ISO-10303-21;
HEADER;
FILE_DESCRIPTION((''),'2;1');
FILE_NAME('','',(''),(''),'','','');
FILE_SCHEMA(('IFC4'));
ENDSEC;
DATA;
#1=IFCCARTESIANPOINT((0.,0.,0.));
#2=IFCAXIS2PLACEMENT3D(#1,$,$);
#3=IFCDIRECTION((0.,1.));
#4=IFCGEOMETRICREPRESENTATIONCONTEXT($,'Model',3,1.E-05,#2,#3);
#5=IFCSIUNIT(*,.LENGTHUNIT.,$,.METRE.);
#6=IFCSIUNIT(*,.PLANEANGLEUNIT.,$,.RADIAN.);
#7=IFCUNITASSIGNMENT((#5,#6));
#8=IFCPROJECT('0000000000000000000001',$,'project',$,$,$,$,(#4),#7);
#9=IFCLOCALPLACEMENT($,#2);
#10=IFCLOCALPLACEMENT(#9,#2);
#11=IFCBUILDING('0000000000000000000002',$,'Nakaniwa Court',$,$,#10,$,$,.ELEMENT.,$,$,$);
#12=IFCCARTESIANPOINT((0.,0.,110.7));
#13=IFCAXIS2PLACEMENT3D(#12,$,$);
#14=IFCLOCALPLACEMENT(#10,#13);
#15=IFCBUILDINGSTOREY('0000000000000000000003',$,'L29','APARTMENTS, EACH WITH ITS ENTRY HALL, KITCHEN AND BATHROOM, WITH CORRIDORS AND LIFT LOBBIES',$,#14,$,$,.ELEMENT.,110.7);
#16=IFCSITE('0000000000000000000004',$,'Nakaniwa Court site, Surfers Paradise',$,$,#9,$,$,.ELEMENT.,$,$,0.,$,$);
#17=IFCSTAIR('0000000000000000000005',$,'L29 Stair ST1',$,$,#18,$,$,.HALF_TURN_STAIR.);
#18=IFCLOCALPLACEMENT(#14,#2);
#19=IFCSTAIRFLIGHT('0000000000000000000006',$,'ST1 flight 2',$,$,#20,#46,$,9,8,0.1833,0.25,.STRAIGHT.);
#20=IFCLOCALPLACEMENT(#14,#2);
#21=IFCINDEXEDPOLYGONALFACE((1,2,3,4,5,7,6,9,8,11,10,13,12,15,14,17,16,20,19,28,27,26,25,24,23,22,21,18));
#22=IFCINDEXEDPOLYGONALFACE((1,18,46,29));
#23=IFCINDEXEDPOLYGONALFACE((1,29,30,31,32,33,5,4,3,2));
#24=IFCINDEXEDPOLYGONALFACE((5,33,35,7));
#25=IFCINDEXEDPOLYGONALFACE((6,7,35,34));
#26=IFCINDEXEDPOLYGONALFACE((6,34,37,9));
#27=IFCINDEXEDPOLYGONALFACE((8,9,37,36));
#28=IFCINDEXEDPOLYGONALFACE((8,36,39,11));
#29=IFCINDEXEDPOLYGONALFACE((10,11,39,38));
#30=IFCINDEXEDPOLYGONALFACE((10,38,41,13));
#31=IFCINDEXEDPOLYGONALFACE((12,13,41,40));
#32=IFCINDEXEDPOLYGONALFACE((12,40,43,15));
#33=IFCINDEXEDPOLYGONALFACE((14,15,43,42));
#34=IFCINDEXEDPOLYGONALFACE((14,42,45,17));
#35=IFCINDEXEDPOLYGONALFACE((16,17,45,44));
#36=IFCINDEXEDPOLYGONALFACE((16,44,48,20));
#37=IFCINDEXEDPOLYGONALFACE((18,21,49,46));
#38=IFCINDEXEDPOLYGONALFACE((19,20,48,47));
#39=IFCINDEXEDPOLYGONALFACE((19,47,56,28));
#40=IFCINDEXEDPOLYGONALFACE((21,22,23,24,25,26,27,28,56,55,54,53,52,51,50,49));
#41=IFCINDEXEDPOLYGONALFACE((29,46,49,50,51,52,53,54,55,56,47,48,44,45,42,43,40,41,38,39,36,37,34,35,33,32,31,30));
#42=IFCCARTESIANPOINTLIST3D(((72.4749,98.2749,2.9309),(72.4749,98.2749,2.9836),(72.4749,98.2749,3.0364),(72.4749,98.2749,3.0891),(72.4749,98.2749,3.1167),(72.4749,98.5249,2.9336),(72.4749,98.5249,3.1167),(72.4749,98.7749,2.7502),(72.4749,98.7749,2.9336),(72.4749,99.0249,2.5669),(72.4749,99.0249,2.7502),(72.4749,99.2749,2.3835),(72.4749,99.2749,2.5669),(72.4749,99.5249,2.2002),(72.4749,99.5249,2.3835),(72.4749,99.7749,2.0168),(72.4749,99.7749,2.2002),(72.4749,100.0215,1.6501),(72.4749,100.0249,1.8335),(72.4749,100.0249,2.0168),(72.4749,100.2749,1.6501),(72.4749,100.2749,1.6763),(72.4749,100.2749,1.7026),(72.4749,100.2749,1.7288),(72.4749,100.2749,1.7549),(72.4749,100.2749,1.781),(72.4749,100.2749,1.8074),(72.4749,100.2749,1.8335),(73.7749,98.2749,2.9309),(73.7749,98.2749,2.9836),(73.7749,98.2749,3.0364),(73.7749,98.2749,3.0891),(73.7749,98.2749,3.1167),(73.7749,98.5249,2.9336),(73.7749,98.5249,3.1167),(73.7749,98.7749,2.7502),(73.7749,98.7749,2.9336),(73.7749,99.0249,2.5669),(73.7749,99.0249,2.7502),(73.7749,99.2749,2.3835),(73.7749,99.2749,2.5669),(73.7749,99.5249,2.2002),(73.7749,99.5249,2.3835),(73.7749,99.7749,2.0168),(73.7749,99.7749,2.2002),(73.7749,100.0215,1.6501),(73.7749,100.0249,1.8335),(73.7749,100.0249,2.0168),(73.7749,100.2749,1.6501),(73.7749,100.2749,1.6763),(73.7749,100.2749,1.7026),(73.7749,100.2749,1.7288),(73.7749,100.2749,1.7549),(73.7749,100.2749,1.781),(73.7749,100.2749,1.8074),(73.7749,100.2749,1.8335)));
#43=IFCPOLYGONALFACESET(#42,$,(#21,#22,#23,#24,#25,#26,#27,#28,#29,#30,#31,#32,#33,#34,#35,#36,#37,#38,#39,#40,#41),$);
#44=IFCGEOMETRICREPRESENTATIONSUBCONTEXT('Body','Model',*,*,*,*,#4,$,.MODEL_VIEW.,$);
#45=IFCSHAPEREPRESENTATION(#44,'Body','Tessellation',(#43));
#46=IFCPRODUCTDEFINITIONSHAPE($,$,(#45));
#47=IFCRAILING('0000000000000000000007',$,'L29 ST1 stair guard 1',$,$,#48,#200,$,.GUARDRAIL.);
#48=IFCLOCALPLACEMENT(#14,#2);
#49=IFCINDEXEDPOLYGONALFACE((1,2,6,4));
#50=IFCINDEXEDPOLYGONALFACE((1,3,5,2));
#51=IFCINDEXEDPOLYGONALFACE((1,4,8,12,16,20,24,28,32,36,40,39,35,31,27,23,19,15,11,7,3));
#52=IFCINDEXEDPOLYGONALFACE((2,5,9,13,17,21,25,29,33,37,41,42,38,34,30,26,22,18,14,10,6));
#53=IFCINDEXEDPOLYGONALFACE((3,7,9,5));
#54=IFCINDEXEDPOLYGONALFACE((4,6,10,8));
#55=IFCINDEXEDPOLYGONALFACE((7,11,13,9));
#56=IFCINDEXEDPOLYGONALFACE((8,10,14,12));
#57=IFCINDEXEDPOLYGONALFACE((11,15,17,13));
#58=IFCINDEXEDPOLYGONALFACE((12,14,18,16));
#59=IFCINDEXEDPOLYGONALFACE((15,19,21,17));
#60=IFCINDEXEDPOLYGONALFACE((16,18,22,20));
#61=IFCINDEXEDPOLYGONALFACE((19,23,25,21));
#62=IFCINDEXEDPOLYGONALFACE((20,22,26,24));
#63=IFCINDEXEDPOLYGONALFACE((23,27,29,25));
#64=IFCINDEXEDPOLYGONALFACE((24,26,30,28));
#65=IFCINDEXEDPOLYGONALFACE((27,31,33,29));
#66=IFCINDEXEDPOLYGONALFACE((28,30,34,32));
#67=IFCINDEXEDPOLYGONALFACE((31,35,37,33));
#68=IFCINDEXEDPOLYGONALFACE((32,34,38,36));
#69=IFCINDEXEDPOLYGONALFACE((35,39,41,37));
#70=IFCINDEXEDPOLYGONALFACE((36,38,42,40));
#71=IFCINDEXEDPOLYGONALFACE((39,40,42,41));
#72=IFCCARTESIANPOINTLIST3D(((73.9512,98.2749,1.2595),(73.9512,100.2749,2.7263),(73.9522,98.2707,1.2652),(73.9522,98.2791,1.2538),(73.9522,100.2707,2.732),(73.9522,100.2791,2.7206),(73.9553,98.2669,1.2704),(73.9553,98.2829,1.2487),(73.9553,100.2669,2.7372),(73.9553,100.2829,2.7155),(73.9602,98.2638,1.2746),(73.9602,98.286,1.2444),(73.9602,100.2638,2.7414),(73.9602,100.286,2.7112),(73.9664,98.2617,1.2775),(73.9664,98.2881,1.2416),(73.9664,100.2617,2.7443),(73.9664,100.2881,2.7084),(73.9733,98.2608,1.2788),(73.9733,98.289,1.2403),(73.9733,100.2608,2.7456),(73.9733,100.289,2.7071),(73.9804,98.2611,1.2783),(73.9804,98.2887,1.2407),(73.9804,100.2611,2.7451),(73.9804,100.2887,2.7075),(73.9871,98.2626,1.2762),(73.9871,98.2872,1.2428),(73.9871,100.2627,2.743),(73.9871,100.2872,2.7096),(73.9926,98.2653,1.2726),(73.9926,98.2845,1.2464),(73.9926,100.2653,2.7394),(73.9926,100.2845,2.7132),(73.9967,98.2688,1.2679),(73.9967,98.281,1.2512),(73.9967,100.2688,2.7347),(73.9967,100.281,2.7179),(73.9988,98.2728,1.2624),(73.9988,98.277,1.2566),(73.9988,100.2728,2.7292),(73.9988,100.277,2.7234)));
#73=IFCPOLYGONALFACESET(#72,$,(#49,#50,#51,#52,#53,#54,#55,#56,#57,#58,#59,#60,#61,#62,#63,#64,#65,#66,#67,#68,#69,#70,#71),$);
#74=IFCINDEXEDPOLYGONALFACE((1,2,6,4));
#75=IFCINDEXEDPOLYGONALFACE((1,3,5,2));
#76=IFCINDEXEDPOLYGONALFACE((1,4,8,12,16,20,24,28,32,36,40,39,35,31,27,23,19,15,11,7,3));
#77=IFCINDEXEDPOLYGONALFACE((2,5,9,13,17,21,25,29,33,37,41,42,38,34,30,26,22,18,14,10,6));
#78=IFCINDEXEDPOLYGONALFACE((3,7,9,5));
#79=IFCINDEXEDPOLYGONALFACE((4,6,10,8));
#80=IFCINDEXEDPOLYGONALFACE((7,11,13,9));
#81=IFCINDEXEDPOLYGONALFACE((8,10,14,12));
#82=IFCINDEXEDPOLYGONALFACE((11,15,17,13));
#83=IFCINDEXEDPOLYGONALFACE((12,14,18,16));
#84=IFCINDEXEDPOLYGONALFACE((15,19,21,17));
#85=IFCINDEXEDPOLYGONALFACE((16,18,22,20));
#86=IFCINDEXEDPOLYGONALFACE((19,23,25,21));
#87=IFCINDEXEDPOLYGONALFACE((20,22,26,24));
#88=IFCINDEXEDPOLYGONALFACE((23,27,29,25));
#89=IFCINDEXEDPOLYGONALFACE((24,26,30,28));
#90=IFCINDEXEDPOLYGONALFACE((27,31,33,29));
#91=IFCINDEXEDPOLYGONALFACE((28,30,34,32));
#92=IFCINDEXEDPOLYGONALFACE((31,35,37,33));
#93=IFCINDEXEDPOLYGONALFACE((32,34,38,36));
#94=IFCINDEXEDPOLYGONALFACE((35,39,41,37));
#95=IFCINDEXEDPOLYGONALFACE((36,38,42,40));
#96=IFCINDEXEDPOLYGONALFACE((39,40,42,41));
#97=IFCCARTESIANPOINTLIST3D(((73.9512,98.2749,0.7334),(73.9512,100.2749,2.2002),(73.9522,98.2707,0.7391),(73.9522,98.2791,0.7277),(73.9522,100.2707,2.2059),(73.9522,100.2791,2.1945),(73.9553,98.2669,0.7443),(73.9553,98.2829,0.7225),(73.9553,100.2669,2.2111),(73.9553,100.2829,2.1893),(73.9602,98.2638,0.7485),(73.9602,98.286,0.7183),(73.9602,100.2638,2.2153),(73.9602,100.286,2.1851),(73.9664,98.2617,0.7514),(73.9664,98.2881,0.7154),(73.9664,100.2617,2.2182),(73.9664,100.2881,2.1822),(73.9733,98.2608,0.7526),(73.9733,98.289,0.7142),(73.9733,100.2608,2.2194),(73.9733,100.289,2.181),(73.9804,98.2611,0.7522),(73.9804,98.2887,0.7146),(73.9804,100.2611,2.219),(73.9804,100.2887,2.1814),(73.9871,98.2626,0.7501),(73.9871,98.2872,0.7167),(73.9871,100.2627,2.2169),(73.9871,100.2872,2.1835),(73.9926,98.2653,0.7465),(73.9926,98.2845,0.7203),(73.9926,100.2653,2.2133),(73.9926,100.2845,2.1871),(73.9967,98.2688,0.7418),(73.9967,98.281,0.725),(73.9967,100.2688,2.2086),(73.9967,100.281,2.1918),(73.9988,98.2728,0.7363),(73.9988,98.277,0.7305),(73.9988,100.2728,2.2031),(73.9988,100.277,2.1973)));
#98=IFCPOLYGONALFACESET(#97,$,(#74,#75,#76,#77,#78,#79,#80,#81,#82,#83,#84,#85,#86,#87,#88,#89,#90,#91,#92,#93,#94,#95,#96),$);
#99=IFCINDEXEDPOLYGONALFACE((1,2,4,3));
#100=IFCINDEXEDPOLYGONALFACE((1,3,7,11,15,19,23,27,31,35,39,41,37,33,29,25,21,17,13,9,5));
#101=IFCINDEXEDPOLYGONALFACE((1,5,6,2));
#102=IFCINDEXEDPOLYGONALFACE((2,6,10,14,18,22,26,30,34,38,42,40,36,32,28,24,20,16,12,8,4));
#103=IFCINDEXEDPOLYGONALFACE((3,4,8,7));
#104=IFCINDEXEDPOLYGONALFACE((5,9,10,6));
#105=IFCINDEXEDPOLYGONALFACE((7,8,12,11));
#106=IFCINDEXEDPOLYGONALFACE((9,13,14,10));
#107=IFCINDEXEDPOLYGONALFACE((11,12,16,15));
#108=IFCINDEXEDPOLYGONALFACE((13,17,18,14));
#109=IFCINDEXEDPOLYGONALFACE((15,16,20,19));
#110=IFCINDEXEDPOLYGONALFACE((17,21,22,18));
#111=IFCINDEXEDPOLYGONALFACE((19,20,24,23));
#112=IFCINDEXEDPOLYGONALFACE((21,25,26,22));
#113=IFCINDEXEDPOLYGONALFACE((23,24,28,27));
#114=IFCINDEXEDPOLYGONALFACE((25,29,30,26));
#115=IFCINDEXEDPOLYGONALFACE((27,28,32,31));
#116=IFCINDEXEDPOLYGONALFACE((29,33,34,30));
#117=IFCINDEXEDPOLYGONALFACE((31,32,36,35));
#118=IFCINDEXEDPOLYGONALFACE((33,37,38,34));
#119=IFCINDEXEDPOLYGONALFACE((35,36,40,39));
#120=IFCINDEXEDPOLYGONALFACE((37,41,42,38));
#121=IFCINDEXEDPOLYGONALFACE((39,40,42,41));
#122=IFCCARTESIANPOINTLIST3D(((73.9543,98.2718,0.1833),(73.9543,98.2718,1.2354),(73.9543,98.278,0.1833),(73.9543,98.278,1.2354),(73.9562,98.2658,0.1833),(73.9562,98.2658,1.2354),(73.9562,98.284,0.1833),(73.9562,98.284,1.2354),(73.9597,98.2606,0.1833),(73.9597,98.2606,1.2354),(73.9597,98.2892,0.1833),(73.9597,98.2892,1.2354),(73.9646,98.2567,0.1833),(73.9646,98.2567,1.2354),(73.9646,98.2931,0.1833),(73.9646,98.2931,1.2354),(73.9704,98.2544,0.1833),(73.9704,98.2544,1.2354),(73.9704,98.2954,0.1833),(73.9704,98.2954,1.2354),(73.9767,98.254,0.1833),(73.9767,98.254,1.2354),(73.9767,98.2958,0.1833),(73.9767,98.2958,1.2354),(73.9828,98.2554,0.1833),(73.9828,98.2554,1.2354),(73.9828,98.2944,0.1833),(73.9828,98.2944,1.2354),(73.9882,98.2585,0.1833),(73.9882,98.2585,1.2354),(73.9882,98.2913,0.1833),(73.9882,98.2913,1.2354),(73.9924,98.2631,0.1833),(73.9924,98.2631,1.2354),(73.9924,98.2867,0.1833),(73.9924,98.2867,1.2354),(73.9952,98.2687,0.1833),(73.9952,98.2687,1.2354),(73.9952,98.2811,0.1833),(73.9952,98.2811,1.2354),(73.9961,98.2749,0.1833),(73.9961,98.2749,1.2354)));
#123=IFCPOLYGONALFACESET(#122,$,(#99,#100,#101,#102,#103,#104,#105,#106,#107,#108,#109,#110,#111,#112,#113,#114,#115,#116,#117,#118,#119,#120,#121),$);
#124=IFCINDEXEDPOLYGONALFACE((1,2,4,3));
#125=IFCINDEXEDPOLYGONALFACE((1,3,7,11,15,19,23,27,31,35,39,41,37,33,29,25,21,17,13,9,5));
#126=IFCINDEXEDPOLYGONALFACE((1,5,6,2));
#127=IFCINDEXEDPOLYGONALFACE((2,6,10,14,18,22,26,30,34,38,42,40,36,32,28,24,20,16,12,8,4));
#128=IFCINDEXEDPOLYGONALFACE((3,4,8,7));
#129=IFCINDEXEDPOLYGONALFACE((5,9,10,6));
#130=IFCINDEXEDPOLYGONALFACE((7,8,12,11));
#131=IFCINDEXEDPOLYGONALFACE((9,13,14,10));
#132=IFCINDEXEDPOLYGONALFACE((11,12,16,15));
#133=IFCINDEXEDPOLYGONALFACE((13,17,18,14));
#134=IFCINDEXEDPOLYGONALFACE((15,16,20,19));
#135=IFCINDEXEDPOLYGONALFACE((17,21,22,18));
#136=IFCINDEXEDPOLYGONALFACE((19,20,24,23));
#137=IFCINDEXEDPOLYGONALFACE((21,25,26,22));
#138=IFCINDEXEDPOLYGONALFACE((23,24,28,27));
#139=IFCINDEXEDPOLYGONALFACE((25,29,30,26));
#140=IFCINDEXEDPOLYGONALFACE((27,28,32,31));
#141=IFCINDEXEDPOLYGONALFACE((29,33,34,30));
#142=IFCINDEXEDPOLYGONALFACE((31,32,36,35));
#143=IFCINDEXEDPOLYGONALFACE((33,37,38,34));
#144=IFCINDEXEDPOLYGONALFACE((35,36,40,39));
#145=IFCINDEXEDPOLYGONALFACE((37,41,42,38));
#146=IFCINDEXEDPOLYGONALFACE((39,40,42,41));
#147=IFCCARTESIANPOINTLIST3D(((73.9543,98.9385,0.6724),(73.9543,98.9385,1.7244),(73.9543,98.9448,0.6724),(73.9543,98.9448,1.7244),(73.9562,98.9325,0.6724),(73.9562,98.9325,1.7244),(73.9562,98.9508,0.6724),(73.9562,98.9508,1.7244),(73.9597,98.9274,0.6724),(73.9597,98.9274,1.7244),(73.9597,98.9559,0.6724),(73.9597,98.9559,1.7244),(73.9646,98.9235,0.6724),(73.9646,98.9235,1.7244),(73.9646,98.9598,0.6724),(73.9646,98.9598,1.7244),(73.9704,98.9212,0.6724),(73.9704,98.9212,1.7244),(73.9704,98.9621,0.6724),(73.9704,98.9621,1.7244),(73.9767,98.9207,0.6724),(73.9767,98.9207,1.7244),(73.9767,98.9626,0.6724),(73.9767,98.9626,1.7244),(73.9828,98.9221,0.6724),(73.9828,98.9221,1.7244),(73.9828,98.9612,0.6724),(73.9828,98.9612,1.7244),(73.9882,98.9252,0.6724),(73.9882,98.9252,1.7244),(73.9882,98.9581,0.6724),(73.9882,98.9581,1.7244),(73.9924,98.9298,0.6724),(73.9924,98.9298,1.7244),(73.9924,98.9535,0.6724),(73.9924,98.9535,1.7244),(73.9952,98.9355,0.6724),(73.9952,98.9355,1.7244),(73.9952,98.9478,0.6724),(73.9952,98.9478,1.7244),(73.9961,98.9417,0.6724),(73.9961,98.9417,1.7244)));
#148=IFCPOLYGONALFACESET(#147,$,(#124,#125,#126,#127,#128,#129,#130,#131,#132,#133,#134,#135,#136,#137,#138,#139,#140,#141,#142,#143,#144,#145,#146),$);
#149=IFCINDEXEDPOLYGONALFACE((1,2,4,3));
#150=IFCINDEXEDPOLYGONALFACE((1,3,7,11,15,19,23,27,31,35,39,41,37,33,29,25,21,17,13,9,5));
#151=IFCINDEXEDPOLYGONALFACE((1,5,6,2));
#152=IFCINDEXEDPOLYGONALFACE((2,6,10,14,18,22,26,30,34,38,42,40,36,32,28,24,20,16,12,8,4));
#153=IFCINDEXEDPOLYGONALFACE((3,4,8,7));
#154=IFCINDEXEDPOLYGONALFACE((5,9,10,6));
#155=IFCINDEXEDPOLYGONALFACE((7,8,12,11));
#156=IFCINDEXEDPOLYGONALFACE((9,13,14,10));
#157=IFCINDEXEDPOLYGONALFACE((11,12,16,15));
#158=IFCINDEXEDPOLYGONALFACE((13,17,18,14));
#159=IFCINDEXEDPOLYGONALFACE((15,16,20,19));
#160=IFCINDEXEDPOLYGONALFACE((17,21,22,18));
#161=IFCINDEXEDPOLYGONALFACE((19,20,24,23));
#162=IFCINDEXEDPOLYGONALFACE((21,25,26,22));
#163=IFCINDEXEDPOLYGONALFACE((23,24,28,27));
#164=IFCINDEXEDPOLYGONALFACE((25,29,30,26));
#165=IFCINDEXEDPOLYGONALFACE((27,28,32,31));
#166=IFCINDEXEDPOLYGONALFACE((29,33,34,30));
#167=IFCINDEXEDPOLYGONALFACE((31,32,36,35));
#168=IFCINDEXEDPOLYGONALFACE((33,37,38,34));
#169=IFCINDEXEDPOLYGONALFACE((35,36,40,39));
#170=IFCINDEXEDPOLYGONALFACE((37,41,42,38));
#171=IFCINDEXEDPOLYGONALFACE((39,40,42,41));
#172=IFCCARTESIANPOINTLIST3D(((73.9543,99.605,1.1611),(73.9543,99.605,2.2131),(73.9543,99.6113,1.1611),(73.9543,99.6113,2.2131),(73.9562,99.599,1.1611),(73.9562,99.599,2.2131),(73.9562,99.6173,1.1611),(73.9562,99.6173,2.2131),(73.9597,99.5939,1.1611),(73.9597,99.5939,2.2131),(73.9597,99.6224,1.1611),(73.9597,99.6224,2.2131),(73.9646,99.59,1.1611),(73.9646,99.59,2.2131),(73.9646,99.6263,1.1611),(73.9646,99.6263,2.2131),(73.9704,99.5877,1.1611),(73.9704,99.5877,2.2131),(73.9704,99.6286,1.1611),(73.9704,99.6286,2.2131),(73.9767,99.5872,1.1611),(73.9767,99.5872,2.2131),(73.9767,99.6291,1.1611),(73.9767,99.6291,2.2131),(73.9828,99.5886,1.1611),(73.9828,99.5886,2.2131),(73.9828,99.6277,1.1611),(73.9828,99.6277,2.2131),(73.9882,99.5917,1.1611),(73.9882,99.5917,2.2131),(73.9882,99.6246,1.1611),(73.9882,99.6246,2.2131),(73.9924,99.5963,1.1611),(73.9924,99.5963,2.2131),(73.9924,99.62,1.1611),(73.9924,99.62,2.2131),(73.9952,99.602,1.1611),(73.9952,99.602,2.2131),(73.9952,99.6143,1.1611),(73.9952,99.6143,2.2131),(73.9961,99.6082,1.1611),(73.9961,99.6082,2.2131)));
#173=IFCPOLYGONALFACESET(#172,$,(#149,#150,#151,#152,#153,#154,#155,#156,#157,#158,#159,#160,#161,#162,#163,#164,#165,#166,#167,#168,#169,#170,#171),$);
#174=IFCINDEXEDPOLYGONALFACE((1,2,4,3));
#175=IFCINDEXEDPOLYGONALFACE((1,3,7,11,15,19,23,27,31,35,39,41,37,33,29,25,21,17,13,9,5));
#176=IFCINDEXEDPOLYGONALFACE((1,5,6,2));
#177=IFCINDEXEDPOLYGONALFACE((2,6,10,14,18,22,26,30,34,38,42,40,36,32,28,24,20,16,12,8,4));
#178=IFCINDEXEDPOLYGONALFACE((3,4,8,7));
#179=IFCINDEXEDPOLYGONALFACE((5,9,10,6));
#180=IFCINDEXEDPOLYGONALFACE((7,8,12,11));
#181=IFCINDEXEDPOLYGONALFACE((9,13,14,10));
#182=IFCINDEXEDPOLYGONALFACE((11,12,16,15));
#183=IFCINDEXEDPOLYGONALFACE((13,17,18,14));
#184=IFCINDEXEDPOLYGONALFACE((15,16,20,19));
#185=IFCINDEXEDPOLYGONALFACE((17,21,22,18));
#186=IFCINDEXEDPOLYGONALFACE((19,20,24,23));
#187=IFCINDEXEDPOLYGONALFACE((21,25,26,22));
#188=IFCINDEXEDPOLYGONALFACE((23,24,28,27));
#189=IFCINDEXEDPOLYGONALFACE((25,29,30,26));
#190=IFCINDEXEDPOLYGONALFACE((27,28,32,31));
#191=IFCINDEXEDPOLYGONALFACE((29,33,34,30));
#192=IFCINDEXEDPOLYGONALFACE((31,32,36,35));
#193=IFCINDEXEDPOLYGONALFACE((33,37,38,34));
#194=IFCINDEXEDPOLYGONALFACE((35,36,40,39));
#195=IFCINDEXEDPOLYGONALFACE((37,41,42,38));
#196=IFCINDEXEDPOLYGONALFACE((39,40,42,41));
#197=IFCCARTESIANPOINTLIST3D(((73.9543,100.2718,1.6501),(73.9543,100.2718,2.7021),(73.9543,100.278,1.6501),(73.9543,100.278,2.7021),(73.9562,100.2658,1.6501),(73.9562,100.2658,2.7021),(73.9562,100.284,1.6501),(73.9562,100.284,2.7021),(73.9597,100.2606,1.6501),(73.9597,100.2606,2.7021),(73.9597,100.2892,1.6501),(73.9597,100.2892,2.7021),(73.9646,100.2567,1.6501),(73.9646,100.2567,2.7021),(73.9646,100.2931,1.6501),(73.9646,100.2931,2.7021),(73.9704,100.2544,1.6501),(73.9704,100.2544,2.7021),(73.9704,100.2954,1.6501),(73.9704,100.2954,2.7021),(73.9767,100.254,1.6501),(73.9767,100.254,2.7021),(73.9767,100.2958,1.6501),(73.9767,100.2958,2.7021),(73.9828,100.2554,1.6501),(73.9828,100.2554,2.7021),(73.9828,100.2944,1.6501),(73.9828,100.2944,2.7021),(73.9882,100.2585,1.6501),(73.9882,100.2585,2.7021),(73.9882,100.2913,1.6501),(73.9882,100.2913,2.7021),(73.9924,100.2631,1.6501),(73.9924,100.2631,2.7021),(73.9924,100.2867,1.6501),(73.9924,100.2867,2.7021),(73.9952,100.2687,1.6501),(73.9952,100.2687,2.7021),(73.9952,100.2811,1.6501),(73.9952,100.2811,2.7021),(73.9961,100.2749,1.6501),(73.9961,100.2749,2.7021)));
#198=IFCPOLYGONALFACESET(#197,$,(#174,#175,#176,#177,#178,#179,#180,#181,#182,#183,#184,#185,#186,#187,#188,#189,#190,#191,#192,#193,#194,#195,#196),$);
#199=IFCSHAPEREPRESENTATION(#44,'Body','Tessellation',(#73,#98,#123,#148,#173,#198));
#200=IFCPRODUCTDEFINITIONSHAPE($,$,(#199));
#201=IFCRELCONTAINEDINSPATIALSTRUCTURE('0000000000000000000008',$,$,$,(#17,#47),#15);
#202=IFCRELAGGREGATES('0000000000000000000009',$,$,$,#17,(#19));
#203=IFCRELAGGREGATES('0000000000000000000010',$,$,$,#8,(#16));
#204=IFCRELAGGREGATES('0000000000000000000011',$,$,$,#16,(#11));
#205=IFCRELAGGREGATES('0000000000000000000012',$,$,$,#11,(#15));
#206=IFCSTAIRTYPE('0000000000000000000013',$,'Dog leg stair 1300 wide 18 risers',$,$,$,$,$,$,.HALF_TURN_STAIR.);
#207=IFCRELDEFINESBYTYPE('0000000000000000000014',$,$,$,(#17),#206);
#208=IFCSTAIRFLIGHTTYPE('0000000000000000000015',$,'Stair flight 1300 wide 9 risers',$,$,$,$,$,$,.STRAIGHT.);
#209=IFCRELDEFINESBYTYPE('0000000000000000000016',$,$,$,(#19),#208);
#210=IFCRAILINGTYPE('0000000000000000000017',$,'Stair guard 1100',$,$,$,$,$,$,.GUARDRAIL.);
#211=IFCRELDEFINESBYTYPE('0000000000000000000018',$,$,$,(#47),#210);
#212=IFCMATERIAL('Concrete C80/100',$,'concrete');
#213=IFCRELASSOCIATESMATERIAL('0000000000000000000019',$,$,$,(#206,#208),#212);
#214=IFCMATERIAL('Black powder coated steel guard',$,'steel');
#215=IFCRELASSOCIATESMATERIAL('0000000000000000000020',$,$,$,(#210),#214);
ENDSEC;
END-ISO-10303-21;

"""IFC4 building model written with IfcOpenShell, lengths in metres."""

from ifc_helpers import new_model, si_unit, direction, frame, origin, origin_2d, place, context, subcontext, project, spatial, polyline, circle, outline, extrude, material, type_object, element, aggregate, save


model = new_model("IFC4")

# Units and contexts
model_context = context("Model", 3, precision=1e-05, world=origin(), true_north=direction((0.0, 1.0)))
body_context = subcontext(model_context, "Body", "Model", "MODEL_VIEW")
ifc_project = project(units=[si_unit("LENGTHUNIT", "METRE"), si_unit("PLANEANGLEUNIT", "RADIAN")], contexts=[model_context])

# Site, building, storey
site_placement = place(None, origin())
site = spatial("IfcSite", under=ifc_project, at=site_placement, Name="Nakaniwa Court site, Surfers Paradise", CompositionType="ELEMENT", RefElevation=0.0)
building_placement = place(site_placement, origin())
building = spatial("IfcBuilding", under=site, at=building_placement, Name="Nakaniwa Court", CompositionType="ELEMENT")
storey_placement = place(building_placement, frame((0.0, 0.0, 110.7)))
storey = spatial("IfcBuildingStorey", under=building, at=storey_placement, Name="L29", Description="APARTMENTS, EACH WITH ITS ENTRY HALL, KITCHEN AND BATHROOM, WITH CORRIDORS AND LIFT LOBBIES", CompositionType="ELEMENT", Elevation=110.7)

# Shared definitions
ifc_material_1 = material(Name="Concrete C80/100", Category="concrete")

# Stair, stair flight
stair_type = type_object("IfcStairType", Name="Dog leg stair 1300 wide 18 risers", PredefinedType="HALF_TURN_STAIR", material=ifc_material_1)
stair_placement = place(storey_placement, origin())
stair = element("IfcStair", 1, at=stair_placement, inside=storey, type_object=stair_type, Name="L29 Stair ST1", PredefinedType="HALF_TURN_STAIR")
stair_flight_type = type_object("IfcStairFlightType", Name="Stair flight 1300 wide 9 risers", PredefinedType="STRAIGHT", material=ifc_material_1)
stair_flight_1_placement = place(storey_placement, frame((73.125, 100.2749, 1.6501), z_axis=(0.0, 0.0, 1.0), x_axis=(0.0, -1.0, 0.0)))
stair_flight_1 = element("IfcStairFlight", 2, at=stair_flight_1_placement, type_object=stair_flight_type, Name="ST1 flight 2", NumberOfRisers=9, NumberOfTreads=8, PredefinedType="STRAIGHT", RiserHeight=0.1833, TreadLength=0.25, context=body_context, shape_type="SweptSolid", body=[
    extrude(outline(polyline([(0.0, 0.0), (0.0, 0.0261), (0.0, 0.0525), (0.0, 0.0786), (0.0, 0.1047), (0.0, 0.1309), (0.0, 0.1572), (0.0, 0.1833), (0.25, 0.1833), (0.25, 0.3667), (0.5, 0.3667), (0.5, 0.55), (0.75, 0.55), (0.75, 0.7334), (1.0, 0.7334), (1.0, 0.9167), (1.25, 0.9167), (1.25, 1.1001), (1.5, 1.1001), (1.5, 1.2834), (1.75, 1.2834), (1.75, 1.4666), (2.0, 1.4666), (2.0, 1.6499), (2.0, 1.5972), (2.0, 1.5444), (2.0, 1.4917), (2.0, 1.439), (2.0, 1.3862), (2.0, 1.3335), (2.0, 1.2808), (0.2534, 0.0), (0.0, 0.0)])), frame((0.0, 0.6499, 0.0), z_axis=(0.0, -1.0, 0.0), x_axis=(1.0, 0.0, 0.0)), (0.0, 0.0, 1.0), 1.3),
])
aggregate(stair, [stair_flight_1])

# Railing
ifc_material_2 = material(Name="Black powder coated steel guard", Category="steel")
railing_type_1 = type_object("IfcRailingType", Name="Stair guard 1100", PredefinedType="GUARDRAIL", material=ifc_material_2)
railing_1_placement = place(storey_placement, frame((73.9751, 98.2749, 0.1833)))
element("IfcRailing", 3, at=railing_1_placement, inside=storey, type_object=railing_type_1, Name="L29 ST1 stair guard 1", PredefinedType="GUARDRAIL", context=body_context, shape_type="SweptSolid", body=[
    extrude(circle(Radius=0.0239, at=origin_2d()), frame((0.0, 0.0, 1.0762), z_axis=(0.0, 0.80638, 0.591398), x_axis=(-1.0, 0.0, 0.0)), (0.0, 0.0, 1.0), 2.4802),
    extrude(circle(Radius=0.0239, at=origin_2d()), frame((0.0, 0.0, 0.55), z_axis=(0.0, 0.80638, 0.591398), x_axis=(-1.0, 0.0, 0.0)), (0.0, 0.0, 1.0), 2.4802),
    extrude(circle(Radius=0.021, at=origin_2d()), origin(), (0.0, 0.0, 1.0), 1.052),
    extrude(circle(Radius=0.021, at=origin_2d()), frame((0.0, 0.6667, 0.489)), (0.0, 0.0, 1.0), 1.052),
    extrude(circle(Radius=0.021, at=origin_2d()), frame((0.0, 1.3333, 0.9778)), (0.0, 0.0, 1.0), 1.052),
    extrude(circle(Radius=0.021, at=origin_2d()), frame((0.0, 2.0, 1.4668)), (0.0, 0.0, 1.0), 1.052),
])

save(model, "model.ifc")
